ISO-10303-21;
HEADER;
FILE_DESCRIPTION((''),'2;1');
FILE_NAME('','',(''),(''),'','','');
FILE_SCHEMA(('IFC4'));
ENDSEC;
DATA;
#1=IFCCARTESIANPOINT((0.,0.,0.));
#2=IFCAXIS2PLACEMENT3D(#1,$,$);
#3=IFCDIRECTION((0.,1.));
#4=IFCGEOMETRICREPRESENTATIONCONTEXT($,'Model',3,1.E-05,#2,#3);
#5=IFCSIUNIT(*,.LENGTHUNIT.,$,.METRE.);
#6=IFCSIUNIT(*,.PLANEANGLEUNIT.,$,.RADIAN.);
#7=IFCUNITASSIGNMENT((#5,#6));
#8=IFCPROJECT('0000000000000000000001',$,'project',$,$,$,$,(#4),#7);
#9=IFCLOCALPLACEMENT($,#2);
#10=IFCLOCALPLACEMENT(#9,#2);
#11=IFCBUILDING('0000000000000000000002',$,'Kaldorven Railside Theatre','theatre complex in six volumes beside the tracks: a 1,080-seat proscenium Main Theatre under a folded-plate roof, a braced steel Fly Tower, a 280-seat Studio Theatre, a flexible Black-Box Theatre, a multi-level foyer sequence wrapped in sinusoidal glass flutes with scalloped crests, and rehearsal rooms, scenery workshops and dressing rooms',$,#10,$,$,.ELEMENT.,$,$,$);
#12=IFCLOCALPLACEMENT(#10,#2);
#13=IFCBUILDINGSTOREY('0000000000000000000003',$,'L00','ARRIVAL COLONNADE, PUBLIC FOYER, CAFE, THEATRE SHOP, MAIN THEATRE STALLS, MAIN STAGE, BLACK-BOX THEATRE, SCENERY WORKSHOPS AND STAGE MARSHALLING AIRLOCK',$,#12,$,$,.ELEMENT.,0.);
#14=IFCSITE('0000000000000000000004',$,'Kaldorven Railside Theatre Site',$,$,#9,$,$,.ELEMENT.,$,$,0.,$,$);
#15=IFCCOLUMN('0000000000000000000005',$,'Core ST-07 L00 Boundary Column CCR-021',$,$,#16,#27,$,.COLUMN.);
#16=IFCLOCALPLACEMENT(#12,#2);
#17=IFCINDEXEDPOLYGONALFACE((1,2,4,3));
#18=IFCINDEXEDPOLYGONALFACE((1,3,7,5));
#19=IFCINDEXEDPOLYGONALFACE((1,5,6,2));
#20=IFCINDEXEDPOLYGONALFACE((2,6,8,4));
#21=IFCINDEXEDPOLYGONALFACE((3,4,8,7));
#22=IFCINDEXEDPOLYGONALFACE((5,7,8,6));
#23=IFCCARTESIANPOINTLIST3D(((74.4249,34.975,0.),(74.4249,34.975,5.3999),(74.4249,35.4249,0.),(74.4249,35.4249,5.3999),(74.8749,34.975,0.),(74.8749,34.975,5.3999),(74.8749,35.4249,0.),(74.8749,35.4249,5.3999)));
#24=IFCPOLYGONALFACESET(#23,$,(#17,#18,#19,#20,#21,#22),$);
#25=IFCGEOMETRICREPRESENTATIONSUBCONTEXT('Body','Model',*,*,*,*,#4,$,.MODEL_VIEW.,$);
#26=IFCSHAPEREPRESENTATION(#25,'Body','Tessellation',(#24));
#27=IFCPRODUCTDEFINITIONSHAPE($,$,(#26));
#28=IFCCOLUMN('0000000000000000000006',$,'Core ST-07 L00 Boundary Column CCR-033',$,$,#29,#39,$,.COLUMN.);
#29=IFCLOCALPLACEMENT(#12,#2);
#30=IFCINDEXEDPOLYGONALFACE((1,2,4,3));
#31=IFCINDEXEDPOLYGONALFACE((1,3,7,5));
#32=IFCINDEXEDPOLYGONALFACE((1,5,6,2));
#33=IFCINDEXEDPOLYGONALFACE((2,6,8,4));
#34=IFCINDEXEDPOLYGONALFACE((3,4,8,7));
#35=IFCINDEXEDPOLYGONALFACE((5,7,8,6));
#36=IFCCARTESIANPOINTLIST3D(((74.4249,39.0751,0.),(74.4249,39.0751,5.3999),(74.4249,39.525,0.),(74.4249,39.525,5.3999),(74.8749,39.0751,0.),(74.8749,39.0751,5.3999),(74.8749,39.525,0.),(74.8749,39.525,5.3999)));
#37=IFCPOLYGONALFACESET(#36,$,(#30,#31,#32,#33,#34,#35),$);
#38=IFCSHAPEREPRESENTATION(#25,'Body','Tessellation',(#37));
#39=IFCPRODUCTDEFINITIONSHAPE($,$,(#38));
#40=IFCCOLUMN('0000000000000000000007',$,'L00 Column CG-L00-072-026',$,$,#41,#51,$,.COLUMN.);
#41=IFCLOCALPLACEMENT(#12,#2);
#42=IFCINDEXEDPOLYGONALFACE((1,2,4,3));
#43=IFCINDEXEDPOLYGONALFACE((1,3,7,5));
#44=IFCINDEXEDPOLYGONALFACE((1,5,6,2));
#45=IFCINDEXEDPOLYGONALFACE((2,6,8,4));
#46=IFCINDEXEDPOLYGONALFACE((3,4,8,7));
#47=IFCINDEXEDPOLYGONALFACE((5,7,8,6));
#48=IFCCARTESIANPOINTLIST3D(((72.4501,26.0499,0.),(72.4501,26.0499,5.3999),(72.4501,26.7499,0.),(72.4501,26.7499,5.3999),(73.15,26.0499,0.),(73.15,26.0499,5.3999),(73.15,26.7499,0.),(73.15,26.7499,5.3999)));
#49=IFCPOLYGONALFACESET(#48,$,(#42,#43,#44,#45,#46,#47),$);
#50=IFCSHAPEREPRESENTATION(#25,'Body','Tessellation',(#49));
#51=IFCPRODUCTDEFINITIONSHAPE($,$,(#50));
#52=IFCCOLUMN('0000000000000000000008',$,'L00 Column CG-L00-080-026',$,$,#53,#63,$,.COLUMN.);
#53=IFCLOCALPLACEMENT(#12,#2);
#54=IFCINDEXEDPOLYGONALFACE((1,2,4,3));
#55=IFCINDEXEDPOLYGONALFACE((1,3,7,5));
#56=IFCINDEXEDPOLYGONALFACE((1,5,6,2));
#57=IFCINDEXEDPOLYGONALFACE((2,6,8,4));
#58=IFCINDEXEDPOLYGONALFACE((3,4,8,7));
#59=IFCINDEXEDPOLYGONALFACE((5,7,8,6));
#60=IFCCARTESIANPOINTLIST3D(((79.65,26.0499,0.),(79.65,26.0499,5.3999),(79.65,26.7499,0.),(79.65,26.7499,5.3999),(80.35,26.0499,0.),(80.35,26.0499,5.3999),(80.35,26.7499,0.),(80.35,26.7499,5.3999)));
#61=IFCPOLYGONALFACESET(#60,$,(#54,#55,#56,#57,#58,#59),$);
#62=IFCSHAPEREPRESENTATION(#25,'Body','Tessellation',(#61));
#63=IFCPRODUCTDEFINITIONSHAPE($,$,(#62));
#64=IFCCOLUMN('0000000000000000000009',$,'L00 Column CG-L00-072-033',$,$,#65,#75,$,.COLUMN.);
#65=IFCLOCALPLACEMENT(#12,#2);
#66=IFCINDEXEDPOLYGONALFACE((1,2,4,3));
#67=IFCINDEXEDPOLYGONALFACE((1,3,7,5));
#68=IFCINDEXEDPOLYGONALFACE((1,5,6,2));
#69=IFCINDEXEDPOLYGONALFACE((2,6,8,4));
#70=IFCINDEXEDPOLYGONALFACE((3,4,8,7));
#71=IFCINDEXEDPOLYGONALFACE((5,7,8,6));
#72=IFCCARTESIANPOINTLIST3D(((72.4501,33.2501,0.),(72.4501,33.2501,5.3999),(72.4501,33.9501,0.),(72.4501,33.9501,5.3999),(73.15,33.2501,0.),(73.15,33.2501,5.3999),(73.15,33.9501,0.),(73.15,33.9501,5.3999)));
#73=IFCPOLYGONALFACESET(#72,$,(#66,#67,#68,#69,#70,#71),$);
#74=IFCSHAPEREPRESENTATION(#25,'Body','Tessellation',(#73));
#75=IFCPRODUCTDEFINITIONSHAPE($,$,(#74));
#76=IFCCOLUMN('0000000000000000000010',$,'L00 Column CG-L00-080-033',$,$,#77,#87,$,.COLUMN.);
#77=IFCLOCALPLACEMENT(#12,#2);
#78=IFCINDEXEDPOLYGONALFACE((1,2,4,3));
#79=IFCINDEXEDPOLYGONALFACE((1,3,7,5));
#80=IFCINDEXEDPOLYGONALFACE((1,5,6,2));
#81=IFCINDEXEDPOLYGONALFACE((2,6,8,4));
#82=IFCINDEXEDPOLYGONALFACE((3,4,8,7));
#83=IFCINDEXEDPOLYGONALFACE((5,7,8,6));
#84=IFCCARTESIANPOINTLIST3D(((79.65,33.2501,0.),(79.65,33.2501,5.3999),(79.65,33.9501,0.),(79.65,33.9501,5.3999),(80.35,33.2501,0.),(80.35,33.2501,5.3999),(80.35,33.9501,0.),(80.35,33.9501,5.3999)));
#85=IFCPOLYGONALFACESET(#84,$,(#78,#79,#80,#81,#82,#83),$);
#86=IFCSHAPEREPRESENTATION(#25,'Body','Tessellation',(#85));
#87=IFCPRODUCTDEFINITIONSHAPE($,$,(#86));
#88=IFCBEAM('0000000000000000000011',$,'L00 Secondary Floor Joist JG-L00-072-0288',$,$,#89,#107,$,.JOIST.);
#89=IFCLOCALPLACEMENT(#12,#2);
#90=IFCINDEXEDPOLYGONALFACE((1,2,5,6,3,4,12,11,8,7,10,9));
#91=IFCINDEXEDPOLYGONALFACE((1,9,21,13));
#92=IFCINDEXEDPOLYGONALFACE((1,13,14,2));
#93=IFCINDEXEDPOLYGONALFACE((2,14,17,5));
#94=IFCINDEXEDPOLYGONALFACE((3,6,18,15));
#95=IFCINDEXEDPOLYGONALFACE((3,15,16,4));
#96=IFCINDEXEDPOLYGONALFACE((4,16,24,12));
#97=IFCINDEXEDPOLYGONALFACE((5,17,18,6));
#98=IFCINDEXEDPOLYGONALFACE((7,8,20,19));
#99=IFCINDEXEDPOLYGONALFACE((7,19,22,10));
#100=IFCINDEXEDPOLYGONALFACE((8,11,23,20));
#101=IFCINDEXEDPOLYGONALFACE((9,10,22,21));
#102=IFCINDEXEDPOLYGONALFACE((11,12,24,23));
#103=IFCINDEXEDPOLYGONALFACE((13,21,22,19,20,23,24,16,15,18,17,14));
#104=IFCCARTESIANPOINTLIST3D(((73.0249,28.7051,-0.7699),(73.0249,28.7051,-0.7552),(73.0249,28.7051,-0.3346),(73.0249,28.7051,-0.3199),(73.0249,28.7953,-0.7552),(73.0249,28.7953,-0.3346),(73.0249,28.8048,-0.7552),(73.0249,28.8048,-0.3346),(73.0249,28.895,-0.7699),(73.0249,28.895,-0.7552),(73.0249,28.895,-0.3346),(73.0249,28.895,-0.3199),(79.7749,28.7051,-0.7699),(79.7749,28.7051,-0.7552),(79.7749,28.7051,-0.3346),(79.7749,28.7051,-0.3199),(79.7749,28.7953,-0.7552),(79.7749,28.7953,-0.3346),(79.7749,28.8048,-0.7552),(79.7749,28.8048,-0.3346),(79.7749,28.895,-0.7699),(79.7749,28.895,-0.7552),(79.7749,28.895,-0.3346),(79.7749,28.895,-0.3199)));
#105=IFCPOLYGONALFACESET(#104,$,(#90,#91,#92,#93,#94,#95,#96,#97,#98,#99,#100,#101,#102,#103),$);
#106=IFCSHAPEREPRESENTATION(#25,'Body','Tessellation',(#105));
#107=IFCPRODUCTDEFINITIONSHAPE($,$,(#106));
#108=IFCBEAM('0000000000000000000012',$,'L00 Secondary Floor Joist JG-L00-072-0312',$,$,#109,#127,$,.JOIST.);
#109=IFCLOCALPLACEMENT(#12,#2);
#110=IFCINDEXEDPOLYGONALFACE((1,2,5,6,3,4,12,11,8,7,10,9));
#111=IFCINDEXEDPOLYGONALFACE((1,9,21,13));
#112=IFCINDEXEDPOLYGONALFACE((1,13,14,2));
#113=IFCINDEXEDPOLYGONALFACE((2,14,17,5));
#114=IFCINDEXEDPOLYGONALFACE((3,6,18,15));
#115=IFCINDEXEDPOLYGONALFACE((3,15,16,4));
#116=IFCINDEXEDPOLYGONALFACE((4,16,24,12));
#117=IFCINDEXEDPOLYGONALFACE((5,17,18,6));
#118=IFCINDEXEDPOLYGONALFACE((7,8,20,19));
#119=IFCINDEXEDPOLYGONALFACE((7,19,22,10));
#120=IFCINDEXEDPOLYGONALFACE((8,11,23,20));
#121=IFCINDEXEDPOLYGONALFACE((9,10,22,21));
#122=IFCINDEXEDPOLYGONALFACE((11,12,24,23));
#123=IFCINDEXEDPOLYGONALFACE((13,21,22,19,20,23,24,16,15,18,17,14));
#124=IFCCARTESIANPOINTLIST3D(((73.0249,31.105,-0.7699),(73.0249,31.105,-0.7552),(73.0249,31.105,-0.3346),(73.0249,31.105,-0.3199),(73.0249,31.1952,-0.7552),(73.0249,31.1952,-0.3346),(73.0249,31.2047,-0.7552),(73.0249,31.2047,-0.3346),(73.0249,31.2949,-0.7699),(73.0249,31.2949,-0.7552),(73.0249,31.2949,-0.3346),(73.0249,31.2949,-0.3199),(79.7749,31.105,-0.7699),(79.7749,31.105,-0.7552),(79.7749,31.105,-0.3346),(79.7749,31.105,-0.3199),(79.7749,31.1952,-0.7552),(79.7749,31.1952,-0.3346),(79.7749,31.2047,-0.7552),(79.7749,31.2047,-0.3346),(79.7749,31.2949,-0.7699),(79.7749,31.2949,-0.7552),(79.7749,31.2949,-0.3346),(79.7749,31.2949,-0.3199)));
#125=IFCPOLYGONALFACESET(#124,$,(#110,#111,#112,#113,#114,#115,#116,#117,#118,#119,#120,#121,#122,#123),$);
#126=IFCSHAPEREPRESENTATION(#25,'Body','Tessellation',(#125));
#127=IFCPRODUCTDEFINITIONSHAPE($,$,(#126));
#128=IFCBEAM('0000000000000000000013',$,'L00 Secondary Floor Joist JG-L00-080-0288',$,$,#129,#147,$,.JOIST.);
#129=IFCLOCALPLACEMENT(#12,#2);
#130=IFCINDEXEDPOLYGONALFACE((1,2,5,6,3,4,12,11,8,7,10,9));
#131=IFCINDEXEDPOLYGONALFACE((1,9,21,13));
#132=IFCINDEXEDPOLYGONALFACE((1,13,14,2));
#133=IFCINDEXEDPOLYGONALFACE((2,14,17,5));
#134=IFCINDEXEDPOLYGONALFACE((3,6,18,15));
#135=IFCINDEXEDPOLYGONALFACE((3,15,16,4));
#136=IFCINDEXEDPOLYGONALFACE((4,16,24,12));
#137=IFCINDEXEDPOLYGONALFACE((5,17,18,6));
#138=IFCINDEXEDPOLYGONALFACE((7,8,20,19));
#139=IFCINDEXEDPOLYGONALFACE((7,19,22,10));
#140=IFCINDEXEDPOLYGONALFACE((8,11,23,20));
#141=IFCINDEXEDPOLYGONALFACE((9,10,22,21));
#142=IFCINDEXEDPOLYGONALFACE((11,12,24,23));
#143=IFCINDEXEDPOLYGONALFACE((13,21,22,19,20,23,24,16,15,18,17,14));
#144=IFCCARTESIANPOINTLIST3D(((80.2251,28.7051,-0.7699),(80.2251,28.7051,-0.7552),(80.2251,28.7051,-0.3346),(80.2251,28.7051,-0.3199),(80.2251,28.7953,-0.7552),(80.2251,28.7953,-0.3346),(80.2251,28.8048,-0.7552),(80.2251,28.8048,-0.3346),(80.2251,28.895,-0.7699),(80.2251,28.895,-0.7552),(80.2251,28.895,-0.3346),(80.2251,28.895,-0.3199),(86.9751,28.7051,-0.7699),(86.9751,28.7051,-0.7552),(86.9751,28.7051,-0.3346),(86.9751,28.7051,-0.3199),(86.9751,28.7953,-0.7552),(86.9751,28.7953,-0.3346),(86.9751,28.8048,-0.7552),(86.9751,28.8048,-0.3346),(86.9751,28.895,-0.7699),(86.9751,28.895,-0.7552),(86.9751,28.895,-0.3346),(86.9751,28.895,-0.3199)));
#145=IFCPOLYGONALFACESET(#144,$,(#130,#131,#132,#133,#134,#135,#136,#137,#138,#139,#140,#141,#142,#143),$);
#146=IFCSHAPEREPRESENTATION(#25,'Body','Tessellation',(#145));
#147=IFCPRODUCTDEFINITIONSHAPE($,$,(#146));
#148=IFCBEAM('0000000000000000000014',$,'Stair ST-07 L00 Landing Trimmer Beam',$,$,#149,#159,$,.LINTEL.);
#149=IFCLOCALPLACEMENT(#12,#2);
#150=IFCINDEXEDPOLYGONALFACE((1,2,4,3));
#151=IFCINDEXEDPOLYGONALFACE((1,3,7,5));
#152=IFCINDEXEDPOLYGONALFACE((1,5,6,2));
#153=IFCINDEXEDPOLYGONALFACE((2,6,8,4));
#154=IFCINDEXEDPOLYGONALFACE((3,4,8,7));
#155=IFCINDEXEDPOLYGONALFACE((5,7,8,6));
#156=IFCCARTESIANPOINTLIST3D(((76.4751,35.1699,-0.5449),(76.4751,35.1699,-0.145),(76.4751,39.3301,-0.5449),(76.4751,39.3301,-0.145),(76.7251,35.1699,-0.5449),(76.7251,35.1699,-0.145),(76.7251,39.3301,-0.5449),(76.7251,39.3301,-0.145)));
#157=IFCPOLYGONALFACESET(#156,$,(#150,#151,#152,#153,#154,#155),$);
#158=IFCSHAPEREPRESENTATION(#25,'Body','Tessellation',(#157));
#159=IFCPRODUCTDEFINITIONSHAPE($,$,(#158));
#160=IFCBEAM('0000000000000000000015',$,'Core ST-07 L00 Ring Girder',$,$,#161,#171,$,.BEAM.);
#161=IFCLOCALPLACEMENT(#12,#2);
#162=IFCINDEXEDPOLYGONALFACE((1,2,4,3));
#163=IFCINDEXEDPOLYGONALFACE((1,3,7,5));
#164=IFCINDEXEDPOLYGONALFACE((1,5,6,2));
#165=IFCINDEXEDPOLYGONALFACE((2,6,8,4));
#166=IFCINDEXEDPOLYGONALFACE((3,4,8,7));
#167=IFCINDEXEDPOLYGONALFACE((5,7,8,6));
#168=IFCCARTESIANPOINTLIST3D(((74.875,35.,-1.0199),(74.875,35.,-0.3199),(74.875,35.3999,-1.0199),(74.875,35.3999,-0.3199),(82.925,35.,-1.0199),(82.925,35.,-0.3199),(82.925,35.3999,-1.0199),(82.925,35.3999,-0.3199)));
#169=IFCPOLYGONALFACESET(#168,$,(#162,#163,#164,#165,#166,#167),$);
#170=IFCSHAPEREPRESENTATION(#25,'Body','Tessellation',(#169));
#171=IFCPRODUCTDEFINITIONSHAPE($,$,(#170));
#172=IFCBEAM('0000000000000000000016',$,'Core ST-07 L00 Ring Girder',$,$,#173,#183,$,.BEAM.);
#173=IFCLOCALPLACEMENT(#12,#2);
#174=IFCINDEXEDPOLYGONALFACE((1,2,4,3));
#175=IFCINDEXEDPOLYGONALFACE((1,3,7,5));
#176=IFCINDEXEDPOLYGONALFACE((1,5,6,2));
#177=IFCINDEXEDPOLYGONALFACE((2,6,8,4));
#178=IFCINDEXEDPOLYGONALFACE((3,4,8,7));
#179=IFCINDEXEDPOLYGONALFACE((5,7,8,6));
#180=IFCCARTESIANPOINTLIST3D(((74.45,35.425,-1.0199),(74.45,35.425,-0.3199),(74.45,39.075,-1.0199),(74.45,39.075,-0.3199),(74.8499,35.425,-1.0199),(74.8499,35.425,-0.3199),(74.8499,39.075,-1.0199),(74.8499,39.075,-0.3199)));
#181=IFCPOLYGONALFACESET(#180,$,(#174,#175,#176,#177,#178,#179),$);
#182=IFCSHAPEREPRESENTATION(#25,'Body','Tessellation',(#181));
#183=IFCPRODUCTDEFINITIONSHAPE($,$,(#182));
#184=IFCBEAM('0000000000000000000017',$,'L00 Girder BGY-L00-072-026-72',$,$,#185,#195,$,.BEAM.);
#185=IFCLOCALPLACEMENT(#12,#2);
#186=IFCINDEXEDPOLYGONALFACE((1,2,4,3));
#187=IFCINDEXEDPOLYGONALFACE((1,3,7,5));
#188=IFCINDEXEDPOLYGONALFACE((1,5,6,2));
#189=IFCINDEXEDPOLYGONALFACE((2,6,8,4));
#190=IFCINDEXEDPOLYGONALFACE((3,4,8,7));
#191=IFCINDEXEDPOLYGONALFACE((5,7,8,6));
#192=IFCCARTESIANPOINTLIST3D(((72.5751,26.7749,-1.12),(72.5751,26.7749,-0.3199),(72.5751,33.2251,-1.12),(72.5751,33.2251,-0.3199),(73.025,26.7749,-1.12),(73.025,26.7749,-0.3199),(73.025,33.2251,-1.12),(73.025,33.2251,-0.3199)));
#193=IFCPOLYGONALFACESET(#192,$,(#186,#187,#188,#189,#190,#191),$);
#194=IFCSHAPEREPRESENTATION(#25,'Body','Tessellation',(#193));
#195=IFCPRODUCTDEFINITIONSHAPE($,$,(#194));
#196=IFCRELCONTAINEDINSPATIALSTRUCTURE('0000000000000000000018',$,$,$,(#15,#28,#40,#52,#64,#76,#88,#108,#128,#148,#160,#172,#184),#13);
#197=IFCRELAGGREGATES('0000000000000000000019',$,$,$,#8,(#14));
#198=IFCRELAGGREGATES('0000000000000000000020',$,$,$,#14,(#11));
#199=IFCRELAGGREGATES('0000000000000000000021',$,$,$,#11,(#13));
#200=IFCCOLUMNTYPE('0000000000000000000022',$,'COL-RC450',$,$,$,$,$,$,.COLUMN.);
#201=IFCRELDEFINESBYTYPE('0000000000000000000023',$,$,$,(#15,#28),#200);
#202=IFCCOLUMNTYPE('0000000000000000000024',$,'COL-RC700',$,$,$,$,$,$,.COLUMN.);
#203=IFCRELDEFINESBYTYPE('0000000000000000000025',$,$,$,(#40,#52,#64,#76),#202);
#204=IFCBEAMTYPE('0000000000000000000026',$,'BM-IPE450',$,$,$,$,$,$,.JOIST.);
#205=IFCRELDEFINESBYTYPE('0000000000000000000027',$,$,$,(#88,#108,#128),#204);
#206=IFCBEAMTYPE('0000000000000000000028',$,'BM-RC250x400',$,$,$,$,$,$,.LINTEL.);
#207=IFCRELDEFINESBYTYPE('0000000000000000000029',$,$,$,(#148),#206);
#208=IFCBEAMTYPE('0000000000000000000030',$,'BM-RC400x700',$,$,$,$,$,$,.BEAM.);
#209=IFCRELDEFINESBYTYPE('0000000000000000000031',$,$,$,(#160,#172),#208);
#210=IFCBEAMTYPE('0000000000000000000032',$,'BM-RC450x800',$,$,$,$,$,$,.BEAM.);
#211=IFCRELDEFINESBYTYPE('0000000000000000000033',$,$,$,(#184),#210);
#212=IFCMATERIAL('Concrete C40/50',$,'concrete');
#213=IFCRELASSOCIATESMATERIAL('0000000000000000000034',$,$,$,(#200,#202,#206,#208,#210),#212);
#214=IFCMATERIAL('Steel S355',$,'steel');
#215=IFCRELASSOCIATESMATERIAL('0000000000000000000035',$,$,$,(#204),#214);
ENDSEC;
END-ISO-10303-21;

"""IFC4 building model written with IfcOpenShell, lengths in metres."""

from ifc_helpers import new_model, si_unit, direction, frame, origin, origin_2d, place, context, subcontext, project, spatial, rectangle, i_section, extrude, material, material_profile, profile_set, type_object, element, save


model = new_model("IFC4")

# Units and contexts
model_context = context("Model", 3, precision=1e-05, world=origin(), true_north=direction((0.0, 1.0)))
body_context = subcontext(model_context, "Body", "Model", "MODEL_VIEW")
ifc_project = project(units=[si_unit("LENGTHUNIT", "METRE"), si_unit("PLANEANGLEUNIT", "RADIAN")], contexts=[model_context])

# Site, building, storey
site_placement = place(None, origin())
site = spatial("IfcSite", under=ifc_project, at=site_placement, Name="Kaldorven Railside Theatre Site", CompositionType="ELEMENT", RefElevation=0.0)
building_placement = place(site_placement, origin())
building = spatial("IfcBuilding", under=site, at=building_placement, Name="Kaldorven Railside Theatre", Description="theatre complex in six volumes beside the tracks: a 1,080-seat proscenium Main Theatre under a folded-plate roof, a braced steel Fly Tower, a 280-seat Studio Theatre, a flexible Black-Box Theatre, a multi-level foyer sequence wrapped in sinusoidal glass flutes with scalloped crests, and rehearsal rooms, scenery workshops and dressing rooms", CompositionType="ELEMENT")
storey_placement = place(building_placement, origin())
storey = spatial("IfcBuildingStorey", under=building, at=storey_placement, Name="L00", Description="ARRIVAL COLONNADE, PUBLIC FOYER, CAFE, THEATRE SHOP, MAIN THEATRE STALLS, MAIN STAGE, BLACK-BOX THEATRE, SCENERY WORKSHOPS AND STAGE MARSHALLING AIRLOCK", CompositionType="ELEMENT", Elevation=0.0)

# Columns
ifc_material_1 = material(Name="Concrete C40/50", Category="concrete")
ifc_material_profile_1 = material_profile(ifc_material_1, rectangle(XDim=0.45, YDim=0.45, at=origin_2d()), Name="RC 450x450")
ifc_profile_set_1 = profile_set([ifc_material_profile_1], Name="Concrete C40/50")
column_type_1 = type_object("IfcColumnType", Name="COL-RC450", PredefinedType="COLUMN", material=ifc_profile_set_1)
for number, where, z_axis, x_axis, name in (
    (1, (74.6499, 35.2, 0.0), (0.0, 0.0, 1.0), (1.0, 0.0, 0.0), "Core ST-07 L00 Boundary Column CCR-021"),
    (2, (74.6499, 39.3, 0.0), (0.0, 0.0, 1.0), (1.0, 0.0, 0.0), "Core ST-07 L00 Boundary Column CCR-033"),
):
    element("IfcColumn", number, at=place(storey_placement, frame(where, z_axis=z_axis, x_axis=x_axis)), inside=storey, type_object=column_type_1, Name=name, PredefinedType="COLUMN", context=body_context, shape_type="SweptSolid", body=[
        extrude(rectangle(XDim=0.45, YDim=0.45, at=origin_2d()), origin(), (0.0, 0.0, 1.0), 5.3999),
    ])
ifc_material_profile_2 = material_profile(ifc_material_1, rectangle(XDim=0.7, YDim=0.7, at=origin_2d()), Name="RC 700x700")
ifc_profile_set_2 = profile_set([ifc_material_profile_2], Name="Concrete C40/50")
column_type_2 = type_object("IfcColumnType", Name="COL-RC700", PredefinedType="COLUMN", material=ifc_profile_set_2)
for number, where, z_axis, x_axis, name in (
    (3, (72.8, 26.3999, 0.0), (0.0, 0.0, 1.0), (0.0, 1.0, 0.0), "L00 Column CG-L00-072-026"),
    (4, (80.0, 26.3999, 0.0), (0.0, 0.0, 1.0), (1.0, 0.0, 0.0), "L00 Column CG-L00-080-026"),
    (5, (72.8, 33.6001, 0.0), (0.0, 0.0, 1.0), (1.0, 0.0, 0.0), "L00 Column CG-L00-072-033"),
    (6, (80.0, 33.6001, 0.0), (0.0, 0.0, 1.0), (0.0, 1.0, 0.0), "L00 Column CG-L00-080-033"),
):
    element("IfcColumn", number, at=place(storey_placement, frame(where, z_axis=z_axis, x_axis=x_axis)), inside=storey, type_object=column_type_2, Name=name, PredefinedType="COLUMN", context=body_context, shape_type="SweptSolid", body=[
        extrude(rectangle(XDim=0.7, YDim=0.7, at=origin_2d()), origin(), (0.0, 0.0, 1.0), 5.3999),
    ])

# Beams
ifc_material_2 = material(Name="Steel S355", Category="steel")
ifc_material_profile_3 = material_profile(ifc_material_2, i_section(OverallWidth=0.1899, OverallDepth=0.45, WebThickness=0.0095, FlangeThickness=0.0146, at=origin_2d()), Name="IPE 450")
ifc_profile_set_3 = profile_set([ifc_material_profile_3], Name="Steel S355")
beam_type_1 = type_object("IfcBeamType", Name="BM-IPE450", PredefinedType="JOIST", material=ifc_profile_set_3)
for number, where, z_axis, x_axis, name in (
    (7, (73.0249, 28.8, -0.5449), (1.0, 0.0, 0.0), (0.0, 1.0, 0.0), "L00 Secondary Floor Joist JG-L00-072-0288"),
    (8, (73.0249, 31.2, -0.5449), (1.0, 0.0, 0.0), (0.0, 1.0, 0.0), "L00 Secondary Floor Joist JG-L00-072-0312"),
    (9, (80.2251, 28.8, -0.5449), (1.0, 0.0, 0.0), (0.0, 1.0, 0.0), "L00 Secondary Floor Joist JG-L00-080-0288"),
):
    element("IfcBeam", number, at=place(storey_placement, frame(where, z_axis=z_axis, x_axis=x_axis)), inside=storey, type_object=beam_type_1, Name=name, PredefinedType="JOIST", context=body_context, shape_type="SweptSolid", body=[
        extrude(i_section(OverallWidth=0.1899, OverallDepth=0.45, WebThickness=0.0095, FlangeThickness=0.0146, at=origin_2d()), origin(), (0.0, 0.0, 1.0), 6.75),
    ])
ifc_material_profile_4 = material_profile(ifc_material_1, rectangle(XDim=0.25, YDim=0.3999, at=origin_2d()), Name="RC 250x400")
ifc_profile_set_4 = profile_set([ifc_material_profile_4], Name="Concrete C40/50")
beam_type_2 = type_object("IfcBeamType", Name="BM-RC250x400", PredefinedType="LINTEL", material=ifc_profile_set_4)
beam_1_placement = place(storey_placement, frame((76.6001, 35.1699, -0.345), z_axis=(0.0, 1.0, 0.0), x_axis=(-1.0, 0.0, 0.0)))
element("IfcBeam", 10, at=beam_1_placement, inside=storey, type_object=beam_type_2, Name="Stair ST-07 L00 Landing Trimmer Beam", PredefinedType="LINTEL", context=body_context, shape_type="SweptSolid", body=[
    extrude(rectangle(XDim=0.25, YDim=0.3999, at=origin_2d()), origin(), (0.0, 0.0, 1.0), 4.1602),
])
ifc_material_profile_5 = material_profile(ifc_material_1, rectangle(XDim=0.3999, YDim=0.7, at=origin_2d()), Name="RC 400x700")
ifc_profile_set_5 = profile_set([ifc_material_profile_5], Name="Concrete C40/50")
beam_type_3 = type_object("IfcBeamType", Name="BM-RC400x700", PredefinedType="BEAM", material=ifc_profile_set_5)
beam_2_placement = place(storey_placement, frame((74.875, 35.2, -0.6699), z_axis=(1.0, 0.0, 0.0), x_axis=(0.0, 1.0, 0.0)))
element("IfcBeam", 11, at=beam_2_placement, inside=storey, type_object=beam_type_3, Name="Core ST-07 L00 Ring Girder", PredefinedType="BEAM", context=body_context, shape_type="SweptSolid", body=[
    extrude(rectangle(XDim=0.3999, YDim=0.7, at=origin_2d()), origin(), (0.0, 0.0, 1.0), 8.05),
])
beam_3_placement = place(storey_placement, frame((74.6499, 39.075, -0.6699), z_axis=(0.0, -1.0, 0.0), x_axis=(1.0, 0.0, 0.0)))
element("IfcBeam", 12, at=beam_3_placement, inside=storey, type_object=beam_type_3, Name="Core ST-07 L00 Ring Girder", PredefinedType="BEAM", context=body_context, shape_type="SweptSolid", body=[
    extrude(rectangle(XDim=0.3999, YDim=0.7, at=origin_2d()), origin(), (0.0, 0.0, 1.0), 3.6499),
])
ifc_material_profile_6 = material_profile(ifc_material_1, rectangle(XDim=0.45, YDim=0.8, at=origin_2d()), Name="RC 450x800")
ifc_profile_set_6 = profile_set([ifc_material_profile_6], Name="Concrete C40/50")
beam_type_4 = type_object("IfcBeamType", Name="BM-RC450x800", PredefinedType="BEAM", material=ifc_profile_set_6)
for number, where, z_axis, x_axis, name in (
    (13, (72.8, 26.7749, -0.72), (0.0, 1.0, 0.0), (-1.0, 0.0, 0.0), "L00 Girder BGY-L00-072-026-72"),
):
    element("IfcBeam", number, at=place(storey_placement, frame(where, z_axis=z_axis, x_axis=x_axis)), inside=storey, type_object=beam_type_4, Name=name, PredefinedType="BEAM", context=body_context, shape_type="SweptSolid", body=[
        extrude(rectangle(XDim=0.45, YDim=0.8, at=origin_2d()), origin(), (0.0, 0.0, 1.0), 6.4502),
    ])

save(model, "model.ifc")
